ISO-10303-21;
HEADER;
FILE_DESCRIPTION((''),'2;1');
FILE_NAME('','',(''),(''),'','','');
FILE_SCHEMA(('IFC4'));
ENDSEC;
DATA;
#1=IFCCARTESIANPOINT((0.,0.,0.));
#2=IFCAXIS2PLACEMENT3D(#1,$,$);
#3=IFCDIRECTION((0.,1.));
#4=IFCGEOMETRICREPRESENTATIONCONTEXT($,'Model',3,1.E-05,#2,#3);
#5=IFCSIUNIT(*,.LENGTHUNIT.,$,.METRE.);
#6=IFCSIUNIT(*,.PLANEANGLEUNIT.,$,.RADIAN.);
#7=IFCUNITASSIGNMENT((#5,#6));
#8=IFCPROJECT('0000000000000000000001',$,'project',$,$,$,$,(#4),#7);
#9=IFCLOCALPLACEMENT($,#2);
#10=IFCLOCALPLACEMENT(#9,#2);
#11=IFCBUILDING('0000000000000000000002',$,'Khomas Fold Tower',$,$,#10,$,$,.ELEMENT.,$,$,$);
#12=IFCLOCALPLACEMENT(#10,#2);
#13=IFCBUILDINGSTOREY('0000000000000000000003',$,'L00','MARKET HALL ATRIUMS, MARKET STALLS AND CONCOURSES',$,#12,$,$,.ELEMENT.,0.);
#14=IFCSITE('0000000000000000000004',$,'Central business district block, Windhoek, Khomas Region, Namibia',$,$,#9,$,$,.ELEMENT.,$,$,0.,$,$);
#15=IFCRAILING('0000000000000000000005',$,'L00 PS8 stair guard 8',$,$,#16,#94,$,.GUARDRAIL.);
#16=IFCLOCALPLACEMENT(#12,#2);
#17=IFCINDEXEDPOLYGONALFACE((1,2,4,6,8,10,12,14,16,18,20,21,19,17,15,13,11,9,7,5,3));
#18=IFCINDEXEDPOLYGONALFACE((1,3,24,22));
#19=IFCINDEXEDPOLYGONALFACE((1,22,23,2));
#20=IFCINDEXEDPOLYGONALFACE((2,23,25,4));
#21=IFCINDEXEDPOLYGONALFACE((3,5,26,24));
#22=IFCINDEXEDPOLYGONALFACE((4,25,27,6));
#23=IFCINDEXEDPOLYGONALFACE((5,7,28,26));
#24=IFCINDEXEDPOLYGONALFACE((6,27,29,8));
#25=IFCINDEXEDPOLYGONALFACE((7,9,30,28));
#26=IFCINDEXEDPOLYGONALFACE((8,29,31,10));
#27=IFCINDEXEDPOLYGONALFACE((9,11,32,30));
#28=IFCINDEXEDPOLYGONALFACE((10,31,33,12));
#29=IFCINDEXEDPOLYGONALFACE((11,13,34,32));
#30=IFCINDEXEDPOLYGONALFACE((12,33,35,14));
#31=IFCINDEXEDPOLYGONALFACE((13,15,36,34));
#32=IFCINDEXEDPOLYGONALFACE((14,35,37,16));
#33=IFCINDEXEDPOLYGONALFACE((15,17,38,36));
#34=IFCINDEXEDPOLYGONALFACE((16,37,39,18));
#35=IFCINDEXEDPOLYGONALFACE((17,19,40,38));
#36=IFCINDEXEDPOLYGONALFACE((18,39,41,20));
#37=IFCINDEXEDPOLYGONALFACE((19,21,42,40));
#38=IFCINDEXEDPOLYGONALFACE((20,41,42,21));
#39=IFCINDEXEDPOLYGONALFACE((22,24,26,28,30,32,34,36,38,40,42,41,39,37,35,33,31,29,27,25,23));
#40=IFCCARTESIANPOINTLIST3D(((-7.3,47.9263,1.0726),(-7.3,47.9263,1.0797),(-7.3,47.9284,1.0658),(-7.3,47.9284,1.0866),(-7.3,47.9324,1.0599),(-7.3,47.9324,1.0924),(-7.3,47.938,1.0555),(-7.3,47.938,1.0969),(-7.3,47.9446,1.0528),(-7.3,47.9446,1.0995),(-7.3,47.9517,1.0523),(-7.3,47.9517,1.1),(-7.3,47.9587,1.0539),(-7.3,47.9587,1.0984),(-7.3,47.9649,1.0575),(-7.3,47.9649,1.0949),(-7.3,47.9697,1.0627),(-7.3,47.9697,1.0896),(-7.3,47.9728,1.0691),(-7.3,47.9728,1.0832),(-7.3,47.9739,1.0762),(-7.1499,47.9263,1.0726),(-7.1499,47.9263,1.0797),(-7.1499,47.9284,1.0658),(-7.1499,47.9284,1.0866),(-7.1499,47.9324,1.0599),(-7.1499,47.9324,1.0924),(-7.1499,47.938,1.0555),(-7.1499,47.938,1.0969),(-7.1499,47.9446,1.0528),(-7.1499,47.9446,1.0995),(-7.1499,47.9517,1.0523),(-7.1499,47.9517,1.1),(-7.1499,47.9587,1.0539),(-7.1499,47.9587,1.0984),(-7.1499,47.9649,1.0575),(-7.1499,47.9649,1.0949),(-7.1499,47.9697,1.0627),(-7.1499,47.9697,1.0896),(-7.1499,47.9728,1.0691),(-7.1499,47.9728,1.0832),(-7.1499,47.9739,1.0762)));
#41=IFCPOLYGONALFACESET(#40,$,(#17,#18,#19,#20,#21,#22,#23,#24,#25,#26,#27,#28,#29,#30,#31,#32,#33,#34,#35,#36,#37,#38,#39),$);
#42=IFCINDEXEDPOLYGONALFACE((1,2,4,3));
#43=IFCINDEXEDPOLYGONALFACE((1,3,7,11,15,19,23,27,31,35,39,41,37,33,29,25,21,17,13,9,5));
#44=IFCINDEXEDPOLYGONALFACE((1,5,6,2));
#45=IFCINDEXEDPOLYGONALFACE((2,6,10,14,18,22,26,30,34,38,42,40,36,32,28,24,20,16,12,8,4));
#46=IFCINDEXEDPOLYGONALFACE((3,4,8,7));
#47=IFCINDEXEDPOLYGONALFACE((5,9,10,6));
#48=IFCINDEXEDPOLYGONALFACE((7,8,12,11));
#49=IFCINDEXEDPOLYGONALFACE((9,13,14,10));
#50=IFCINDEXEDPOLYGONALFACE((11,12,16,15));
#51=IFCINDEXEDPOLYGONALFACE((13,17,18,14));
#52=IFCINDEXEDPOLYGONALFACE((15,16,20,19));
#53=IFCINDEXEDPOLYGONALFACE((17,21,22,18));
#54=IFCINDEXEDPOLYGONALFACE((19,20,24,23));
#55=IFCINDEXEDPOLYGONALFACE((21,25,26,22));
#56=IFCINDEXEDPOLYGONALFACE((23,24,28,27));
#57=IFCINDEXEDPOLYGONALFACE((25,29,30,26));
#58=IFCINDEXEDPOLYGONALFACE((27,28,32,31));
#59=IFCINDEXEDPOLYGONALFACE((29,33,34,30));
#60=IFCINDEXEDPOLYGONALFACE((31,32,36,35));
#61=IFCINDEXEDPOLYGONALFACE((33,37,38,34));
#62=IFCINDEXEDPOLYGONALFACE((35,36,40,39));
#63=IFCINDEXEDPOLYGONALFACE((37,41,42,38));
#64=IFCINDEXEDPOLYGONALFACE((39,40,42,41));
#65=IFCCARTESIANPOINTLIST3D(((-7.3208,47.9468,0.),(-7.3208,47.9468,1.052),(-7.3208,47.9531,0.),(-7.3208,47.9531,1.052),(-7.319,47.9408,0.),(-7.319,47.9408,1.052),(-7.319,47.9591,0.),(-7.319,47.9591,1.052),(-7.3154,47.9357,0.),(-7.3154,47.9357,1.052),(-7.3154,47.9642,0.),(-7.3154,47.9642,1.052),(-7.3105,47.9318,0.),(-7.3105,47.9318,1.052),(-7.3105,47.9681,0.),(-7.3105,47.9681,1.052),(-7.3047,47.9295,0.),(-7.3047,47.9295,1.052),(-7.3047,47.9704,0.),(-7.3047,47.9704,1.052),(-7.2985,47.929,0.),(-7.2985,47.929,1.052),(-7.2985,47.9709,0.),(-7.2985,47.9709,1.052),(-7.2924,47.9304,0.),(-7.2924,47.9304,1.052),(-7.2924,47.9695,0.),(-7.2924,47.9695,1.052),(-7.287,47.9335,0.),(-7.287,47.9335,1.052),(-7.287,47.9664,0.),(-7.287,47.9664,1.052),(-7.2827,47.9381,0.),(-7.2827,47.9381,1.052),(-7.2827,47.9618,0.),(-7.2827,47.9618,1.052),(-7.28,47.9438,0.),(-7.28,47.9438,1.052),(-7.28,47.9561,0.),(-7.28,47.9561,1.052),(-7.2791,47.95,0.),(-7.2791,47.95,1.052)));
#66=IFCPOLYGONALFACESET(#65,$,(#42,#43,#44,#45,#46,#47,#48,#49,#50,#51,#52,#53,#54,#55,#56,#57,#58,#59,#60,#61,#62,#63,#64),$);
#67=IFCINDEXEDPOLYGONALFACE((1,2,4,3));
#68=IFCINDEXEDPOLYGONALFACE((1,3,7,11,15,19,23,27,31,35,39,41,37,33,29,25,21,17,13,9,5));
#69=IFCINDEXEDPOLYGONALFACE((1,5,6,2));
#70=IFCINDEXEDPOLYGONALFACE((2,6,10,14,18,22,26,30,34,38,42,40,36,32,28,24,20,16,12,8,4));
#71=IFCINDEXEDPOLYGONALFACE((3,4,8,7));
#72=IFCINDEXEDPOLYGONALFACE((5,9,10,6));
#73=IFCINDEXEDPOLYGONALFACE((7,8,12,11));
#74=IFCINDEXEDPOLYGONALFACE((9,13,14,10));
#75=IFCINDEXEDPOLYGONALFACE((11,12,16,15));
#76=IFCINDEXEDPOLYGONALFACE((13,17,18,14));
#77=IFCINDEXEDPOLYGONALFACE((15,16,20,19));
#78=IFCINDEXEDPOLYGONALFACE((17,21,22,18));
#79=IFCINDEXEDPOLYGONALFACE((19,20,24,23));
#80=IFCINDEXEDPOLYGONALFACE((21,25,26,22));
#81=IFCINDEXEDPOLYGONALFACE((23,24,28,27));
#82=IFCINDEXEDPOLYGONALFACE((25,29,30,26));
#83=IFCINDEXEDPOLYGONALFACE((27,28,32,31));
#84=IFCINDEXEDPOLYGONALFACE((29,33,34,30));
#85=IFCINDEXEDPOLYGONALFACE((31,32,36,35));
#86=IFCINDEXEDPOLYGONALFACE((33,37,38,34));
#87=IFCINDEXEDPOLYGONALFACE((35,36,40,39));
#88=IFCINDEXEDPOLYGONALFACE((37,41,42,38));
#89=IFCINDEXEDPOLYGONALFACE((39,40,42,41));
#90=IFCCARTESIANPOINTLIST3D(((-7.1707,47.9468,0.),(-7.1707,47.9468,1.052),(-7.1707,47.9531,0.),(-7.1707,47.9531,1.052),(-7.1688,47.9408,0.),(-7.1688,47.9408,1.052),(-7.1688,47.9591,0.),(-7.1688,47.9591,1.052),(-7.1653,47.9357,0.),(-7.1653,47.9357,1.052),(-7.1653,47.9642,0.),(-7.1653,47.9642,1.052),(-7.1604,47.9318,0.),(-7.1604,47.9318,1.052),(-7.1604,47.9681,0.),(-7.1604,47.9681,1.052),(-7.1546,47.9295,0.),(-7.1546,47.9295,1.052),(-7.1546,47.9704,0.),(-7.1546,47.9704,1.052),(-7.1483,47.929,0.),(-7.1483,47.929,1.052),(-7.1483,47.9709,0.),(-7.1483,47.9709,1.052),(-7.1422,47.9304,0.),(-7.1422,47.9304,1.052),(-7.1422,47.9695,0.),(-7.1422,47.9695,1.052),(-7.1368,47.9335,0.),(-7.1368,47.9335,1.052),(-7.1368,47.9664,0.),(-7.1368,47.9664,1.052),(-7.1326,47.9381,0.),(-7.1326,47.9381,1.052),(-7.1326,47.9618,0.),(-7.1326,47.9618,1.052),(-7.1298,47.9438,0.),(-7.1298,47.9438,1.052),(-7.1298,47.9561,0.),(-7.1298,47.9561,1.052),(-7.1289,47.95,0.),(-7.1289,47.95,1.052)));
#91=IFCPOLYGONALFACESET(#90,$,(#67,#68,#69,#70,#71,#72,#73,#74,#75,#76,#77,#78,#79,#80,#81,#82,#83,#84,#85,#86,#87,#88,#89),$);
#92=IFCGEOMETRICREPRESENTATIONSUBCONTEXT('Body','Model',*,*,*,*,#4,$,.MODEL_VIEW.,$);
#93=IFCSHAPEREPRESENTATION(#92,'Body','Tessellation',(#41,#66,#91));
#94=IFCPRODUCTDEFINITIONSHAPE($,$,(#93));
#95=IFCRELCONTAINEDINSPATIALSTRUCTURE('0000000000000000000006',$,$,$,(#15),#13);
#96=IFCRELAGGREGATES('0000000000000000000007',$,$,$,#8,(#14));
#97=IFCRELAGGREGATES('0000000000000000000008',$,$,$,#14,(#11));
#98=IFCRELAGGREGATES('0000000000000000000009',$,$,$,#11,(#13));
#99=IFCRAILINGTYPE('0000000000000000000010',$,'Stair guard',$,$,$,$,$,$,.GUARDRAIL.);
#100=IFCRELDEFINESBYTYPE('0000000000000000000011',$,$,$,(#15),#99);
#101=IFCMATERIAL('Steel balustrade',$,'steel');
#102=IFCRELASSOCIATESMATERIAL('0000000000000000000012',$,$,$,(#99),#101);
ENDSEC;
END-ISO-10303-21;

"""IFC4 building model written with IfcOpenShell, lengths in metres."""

from ifc_helpers import new_model, si_unit, direction, frame, origin, origin_2d, place, context, subcontext, project, spatial, circle, extrude, source, transform, mapped, material, type_object, element, save


model = new_model("IFC4")

# Units and contexts
model_context = context("Model", 3, precision=1e-05, world=origin(), true_north=direction((0.0, 1.0)))
body_context = subcontext(model_context, "Body", "Model", "MODEL_VIEW")
ifc_project = project(units=[si_unit("LENGTHUNIT", "METRE"), si_unit("PLANEANGLEUNIT", "RADIAN")], contexts=[model_context])

# Site, building, storey
site_placement = place(None, origin())
site = spatial("IfcSite", under=ifc_project, at=site_placement, Name="Central business district block, Windhoek, Khomas Region, Namibia", CompositionType="ELEMENT", RefElevation=0.0)
building_placement = place(site_placement, origin())
building = spatial("IfcBuilding", under=site, at=building_placement, Name="Khomas Fold Tower", CompositionType="ELEMENT")
storey_placement = place(building_placement, origin())
storey = spatial("IfcBuildingStorey", under=building, at=storey_placement, Name="L00", Description="MARKET HALL ATRIUMS, MARKET STALLS AND CONCOURSES", CompositionType="ELEMENT", Elevation=0.0)

# Railing
ifc_material_1 = material(Name="Steel balustrade", Category="steel")
railing_type_1 = type_object("IfcRailingType", Name="Stair guard", PredefinedType="GUARDRAIL", material=ifc_material_1)
shared_shape_1 = source(origin(), body_context, "Body", "SweptSolid", [
    extrude(circle(Radius=0.0239, at=origin_2d()), frame((0.0, 0.0, 1.0762), z_axis=(1.0, 0.0, 0.0), x_axis=(0.0, 1.0, 0.0)), (0.0, 0.0, 1.0), 0.1501),
    extrude(circle(Radius=0.021, at=origin_2d()), origin(), (0.0, 0.0, 1.0), 1.052),
    extrude(circle(Radius=0.021, at=origin_2d()), frame((0.1501, 0.0, 0.0)), (0.0, 0.0, 1.0), 1.052),
])
railing_1_placement = place(storey_placement, frame((-7.3, 47.95, 0.0)))
element("IfcRailing", 1, at=railing_1_placement, inside=storey, type_object=railing_type_1, Name="L00 PS8 stair guard 8", PredefinedType="GUARDRAIL", context=body_context, shape_type="MappedRepresentation", body=[
    mapped(shared_shape_1, transform((0.0, 0.0, 0.0))),
])

save(model, "model.ifc")
